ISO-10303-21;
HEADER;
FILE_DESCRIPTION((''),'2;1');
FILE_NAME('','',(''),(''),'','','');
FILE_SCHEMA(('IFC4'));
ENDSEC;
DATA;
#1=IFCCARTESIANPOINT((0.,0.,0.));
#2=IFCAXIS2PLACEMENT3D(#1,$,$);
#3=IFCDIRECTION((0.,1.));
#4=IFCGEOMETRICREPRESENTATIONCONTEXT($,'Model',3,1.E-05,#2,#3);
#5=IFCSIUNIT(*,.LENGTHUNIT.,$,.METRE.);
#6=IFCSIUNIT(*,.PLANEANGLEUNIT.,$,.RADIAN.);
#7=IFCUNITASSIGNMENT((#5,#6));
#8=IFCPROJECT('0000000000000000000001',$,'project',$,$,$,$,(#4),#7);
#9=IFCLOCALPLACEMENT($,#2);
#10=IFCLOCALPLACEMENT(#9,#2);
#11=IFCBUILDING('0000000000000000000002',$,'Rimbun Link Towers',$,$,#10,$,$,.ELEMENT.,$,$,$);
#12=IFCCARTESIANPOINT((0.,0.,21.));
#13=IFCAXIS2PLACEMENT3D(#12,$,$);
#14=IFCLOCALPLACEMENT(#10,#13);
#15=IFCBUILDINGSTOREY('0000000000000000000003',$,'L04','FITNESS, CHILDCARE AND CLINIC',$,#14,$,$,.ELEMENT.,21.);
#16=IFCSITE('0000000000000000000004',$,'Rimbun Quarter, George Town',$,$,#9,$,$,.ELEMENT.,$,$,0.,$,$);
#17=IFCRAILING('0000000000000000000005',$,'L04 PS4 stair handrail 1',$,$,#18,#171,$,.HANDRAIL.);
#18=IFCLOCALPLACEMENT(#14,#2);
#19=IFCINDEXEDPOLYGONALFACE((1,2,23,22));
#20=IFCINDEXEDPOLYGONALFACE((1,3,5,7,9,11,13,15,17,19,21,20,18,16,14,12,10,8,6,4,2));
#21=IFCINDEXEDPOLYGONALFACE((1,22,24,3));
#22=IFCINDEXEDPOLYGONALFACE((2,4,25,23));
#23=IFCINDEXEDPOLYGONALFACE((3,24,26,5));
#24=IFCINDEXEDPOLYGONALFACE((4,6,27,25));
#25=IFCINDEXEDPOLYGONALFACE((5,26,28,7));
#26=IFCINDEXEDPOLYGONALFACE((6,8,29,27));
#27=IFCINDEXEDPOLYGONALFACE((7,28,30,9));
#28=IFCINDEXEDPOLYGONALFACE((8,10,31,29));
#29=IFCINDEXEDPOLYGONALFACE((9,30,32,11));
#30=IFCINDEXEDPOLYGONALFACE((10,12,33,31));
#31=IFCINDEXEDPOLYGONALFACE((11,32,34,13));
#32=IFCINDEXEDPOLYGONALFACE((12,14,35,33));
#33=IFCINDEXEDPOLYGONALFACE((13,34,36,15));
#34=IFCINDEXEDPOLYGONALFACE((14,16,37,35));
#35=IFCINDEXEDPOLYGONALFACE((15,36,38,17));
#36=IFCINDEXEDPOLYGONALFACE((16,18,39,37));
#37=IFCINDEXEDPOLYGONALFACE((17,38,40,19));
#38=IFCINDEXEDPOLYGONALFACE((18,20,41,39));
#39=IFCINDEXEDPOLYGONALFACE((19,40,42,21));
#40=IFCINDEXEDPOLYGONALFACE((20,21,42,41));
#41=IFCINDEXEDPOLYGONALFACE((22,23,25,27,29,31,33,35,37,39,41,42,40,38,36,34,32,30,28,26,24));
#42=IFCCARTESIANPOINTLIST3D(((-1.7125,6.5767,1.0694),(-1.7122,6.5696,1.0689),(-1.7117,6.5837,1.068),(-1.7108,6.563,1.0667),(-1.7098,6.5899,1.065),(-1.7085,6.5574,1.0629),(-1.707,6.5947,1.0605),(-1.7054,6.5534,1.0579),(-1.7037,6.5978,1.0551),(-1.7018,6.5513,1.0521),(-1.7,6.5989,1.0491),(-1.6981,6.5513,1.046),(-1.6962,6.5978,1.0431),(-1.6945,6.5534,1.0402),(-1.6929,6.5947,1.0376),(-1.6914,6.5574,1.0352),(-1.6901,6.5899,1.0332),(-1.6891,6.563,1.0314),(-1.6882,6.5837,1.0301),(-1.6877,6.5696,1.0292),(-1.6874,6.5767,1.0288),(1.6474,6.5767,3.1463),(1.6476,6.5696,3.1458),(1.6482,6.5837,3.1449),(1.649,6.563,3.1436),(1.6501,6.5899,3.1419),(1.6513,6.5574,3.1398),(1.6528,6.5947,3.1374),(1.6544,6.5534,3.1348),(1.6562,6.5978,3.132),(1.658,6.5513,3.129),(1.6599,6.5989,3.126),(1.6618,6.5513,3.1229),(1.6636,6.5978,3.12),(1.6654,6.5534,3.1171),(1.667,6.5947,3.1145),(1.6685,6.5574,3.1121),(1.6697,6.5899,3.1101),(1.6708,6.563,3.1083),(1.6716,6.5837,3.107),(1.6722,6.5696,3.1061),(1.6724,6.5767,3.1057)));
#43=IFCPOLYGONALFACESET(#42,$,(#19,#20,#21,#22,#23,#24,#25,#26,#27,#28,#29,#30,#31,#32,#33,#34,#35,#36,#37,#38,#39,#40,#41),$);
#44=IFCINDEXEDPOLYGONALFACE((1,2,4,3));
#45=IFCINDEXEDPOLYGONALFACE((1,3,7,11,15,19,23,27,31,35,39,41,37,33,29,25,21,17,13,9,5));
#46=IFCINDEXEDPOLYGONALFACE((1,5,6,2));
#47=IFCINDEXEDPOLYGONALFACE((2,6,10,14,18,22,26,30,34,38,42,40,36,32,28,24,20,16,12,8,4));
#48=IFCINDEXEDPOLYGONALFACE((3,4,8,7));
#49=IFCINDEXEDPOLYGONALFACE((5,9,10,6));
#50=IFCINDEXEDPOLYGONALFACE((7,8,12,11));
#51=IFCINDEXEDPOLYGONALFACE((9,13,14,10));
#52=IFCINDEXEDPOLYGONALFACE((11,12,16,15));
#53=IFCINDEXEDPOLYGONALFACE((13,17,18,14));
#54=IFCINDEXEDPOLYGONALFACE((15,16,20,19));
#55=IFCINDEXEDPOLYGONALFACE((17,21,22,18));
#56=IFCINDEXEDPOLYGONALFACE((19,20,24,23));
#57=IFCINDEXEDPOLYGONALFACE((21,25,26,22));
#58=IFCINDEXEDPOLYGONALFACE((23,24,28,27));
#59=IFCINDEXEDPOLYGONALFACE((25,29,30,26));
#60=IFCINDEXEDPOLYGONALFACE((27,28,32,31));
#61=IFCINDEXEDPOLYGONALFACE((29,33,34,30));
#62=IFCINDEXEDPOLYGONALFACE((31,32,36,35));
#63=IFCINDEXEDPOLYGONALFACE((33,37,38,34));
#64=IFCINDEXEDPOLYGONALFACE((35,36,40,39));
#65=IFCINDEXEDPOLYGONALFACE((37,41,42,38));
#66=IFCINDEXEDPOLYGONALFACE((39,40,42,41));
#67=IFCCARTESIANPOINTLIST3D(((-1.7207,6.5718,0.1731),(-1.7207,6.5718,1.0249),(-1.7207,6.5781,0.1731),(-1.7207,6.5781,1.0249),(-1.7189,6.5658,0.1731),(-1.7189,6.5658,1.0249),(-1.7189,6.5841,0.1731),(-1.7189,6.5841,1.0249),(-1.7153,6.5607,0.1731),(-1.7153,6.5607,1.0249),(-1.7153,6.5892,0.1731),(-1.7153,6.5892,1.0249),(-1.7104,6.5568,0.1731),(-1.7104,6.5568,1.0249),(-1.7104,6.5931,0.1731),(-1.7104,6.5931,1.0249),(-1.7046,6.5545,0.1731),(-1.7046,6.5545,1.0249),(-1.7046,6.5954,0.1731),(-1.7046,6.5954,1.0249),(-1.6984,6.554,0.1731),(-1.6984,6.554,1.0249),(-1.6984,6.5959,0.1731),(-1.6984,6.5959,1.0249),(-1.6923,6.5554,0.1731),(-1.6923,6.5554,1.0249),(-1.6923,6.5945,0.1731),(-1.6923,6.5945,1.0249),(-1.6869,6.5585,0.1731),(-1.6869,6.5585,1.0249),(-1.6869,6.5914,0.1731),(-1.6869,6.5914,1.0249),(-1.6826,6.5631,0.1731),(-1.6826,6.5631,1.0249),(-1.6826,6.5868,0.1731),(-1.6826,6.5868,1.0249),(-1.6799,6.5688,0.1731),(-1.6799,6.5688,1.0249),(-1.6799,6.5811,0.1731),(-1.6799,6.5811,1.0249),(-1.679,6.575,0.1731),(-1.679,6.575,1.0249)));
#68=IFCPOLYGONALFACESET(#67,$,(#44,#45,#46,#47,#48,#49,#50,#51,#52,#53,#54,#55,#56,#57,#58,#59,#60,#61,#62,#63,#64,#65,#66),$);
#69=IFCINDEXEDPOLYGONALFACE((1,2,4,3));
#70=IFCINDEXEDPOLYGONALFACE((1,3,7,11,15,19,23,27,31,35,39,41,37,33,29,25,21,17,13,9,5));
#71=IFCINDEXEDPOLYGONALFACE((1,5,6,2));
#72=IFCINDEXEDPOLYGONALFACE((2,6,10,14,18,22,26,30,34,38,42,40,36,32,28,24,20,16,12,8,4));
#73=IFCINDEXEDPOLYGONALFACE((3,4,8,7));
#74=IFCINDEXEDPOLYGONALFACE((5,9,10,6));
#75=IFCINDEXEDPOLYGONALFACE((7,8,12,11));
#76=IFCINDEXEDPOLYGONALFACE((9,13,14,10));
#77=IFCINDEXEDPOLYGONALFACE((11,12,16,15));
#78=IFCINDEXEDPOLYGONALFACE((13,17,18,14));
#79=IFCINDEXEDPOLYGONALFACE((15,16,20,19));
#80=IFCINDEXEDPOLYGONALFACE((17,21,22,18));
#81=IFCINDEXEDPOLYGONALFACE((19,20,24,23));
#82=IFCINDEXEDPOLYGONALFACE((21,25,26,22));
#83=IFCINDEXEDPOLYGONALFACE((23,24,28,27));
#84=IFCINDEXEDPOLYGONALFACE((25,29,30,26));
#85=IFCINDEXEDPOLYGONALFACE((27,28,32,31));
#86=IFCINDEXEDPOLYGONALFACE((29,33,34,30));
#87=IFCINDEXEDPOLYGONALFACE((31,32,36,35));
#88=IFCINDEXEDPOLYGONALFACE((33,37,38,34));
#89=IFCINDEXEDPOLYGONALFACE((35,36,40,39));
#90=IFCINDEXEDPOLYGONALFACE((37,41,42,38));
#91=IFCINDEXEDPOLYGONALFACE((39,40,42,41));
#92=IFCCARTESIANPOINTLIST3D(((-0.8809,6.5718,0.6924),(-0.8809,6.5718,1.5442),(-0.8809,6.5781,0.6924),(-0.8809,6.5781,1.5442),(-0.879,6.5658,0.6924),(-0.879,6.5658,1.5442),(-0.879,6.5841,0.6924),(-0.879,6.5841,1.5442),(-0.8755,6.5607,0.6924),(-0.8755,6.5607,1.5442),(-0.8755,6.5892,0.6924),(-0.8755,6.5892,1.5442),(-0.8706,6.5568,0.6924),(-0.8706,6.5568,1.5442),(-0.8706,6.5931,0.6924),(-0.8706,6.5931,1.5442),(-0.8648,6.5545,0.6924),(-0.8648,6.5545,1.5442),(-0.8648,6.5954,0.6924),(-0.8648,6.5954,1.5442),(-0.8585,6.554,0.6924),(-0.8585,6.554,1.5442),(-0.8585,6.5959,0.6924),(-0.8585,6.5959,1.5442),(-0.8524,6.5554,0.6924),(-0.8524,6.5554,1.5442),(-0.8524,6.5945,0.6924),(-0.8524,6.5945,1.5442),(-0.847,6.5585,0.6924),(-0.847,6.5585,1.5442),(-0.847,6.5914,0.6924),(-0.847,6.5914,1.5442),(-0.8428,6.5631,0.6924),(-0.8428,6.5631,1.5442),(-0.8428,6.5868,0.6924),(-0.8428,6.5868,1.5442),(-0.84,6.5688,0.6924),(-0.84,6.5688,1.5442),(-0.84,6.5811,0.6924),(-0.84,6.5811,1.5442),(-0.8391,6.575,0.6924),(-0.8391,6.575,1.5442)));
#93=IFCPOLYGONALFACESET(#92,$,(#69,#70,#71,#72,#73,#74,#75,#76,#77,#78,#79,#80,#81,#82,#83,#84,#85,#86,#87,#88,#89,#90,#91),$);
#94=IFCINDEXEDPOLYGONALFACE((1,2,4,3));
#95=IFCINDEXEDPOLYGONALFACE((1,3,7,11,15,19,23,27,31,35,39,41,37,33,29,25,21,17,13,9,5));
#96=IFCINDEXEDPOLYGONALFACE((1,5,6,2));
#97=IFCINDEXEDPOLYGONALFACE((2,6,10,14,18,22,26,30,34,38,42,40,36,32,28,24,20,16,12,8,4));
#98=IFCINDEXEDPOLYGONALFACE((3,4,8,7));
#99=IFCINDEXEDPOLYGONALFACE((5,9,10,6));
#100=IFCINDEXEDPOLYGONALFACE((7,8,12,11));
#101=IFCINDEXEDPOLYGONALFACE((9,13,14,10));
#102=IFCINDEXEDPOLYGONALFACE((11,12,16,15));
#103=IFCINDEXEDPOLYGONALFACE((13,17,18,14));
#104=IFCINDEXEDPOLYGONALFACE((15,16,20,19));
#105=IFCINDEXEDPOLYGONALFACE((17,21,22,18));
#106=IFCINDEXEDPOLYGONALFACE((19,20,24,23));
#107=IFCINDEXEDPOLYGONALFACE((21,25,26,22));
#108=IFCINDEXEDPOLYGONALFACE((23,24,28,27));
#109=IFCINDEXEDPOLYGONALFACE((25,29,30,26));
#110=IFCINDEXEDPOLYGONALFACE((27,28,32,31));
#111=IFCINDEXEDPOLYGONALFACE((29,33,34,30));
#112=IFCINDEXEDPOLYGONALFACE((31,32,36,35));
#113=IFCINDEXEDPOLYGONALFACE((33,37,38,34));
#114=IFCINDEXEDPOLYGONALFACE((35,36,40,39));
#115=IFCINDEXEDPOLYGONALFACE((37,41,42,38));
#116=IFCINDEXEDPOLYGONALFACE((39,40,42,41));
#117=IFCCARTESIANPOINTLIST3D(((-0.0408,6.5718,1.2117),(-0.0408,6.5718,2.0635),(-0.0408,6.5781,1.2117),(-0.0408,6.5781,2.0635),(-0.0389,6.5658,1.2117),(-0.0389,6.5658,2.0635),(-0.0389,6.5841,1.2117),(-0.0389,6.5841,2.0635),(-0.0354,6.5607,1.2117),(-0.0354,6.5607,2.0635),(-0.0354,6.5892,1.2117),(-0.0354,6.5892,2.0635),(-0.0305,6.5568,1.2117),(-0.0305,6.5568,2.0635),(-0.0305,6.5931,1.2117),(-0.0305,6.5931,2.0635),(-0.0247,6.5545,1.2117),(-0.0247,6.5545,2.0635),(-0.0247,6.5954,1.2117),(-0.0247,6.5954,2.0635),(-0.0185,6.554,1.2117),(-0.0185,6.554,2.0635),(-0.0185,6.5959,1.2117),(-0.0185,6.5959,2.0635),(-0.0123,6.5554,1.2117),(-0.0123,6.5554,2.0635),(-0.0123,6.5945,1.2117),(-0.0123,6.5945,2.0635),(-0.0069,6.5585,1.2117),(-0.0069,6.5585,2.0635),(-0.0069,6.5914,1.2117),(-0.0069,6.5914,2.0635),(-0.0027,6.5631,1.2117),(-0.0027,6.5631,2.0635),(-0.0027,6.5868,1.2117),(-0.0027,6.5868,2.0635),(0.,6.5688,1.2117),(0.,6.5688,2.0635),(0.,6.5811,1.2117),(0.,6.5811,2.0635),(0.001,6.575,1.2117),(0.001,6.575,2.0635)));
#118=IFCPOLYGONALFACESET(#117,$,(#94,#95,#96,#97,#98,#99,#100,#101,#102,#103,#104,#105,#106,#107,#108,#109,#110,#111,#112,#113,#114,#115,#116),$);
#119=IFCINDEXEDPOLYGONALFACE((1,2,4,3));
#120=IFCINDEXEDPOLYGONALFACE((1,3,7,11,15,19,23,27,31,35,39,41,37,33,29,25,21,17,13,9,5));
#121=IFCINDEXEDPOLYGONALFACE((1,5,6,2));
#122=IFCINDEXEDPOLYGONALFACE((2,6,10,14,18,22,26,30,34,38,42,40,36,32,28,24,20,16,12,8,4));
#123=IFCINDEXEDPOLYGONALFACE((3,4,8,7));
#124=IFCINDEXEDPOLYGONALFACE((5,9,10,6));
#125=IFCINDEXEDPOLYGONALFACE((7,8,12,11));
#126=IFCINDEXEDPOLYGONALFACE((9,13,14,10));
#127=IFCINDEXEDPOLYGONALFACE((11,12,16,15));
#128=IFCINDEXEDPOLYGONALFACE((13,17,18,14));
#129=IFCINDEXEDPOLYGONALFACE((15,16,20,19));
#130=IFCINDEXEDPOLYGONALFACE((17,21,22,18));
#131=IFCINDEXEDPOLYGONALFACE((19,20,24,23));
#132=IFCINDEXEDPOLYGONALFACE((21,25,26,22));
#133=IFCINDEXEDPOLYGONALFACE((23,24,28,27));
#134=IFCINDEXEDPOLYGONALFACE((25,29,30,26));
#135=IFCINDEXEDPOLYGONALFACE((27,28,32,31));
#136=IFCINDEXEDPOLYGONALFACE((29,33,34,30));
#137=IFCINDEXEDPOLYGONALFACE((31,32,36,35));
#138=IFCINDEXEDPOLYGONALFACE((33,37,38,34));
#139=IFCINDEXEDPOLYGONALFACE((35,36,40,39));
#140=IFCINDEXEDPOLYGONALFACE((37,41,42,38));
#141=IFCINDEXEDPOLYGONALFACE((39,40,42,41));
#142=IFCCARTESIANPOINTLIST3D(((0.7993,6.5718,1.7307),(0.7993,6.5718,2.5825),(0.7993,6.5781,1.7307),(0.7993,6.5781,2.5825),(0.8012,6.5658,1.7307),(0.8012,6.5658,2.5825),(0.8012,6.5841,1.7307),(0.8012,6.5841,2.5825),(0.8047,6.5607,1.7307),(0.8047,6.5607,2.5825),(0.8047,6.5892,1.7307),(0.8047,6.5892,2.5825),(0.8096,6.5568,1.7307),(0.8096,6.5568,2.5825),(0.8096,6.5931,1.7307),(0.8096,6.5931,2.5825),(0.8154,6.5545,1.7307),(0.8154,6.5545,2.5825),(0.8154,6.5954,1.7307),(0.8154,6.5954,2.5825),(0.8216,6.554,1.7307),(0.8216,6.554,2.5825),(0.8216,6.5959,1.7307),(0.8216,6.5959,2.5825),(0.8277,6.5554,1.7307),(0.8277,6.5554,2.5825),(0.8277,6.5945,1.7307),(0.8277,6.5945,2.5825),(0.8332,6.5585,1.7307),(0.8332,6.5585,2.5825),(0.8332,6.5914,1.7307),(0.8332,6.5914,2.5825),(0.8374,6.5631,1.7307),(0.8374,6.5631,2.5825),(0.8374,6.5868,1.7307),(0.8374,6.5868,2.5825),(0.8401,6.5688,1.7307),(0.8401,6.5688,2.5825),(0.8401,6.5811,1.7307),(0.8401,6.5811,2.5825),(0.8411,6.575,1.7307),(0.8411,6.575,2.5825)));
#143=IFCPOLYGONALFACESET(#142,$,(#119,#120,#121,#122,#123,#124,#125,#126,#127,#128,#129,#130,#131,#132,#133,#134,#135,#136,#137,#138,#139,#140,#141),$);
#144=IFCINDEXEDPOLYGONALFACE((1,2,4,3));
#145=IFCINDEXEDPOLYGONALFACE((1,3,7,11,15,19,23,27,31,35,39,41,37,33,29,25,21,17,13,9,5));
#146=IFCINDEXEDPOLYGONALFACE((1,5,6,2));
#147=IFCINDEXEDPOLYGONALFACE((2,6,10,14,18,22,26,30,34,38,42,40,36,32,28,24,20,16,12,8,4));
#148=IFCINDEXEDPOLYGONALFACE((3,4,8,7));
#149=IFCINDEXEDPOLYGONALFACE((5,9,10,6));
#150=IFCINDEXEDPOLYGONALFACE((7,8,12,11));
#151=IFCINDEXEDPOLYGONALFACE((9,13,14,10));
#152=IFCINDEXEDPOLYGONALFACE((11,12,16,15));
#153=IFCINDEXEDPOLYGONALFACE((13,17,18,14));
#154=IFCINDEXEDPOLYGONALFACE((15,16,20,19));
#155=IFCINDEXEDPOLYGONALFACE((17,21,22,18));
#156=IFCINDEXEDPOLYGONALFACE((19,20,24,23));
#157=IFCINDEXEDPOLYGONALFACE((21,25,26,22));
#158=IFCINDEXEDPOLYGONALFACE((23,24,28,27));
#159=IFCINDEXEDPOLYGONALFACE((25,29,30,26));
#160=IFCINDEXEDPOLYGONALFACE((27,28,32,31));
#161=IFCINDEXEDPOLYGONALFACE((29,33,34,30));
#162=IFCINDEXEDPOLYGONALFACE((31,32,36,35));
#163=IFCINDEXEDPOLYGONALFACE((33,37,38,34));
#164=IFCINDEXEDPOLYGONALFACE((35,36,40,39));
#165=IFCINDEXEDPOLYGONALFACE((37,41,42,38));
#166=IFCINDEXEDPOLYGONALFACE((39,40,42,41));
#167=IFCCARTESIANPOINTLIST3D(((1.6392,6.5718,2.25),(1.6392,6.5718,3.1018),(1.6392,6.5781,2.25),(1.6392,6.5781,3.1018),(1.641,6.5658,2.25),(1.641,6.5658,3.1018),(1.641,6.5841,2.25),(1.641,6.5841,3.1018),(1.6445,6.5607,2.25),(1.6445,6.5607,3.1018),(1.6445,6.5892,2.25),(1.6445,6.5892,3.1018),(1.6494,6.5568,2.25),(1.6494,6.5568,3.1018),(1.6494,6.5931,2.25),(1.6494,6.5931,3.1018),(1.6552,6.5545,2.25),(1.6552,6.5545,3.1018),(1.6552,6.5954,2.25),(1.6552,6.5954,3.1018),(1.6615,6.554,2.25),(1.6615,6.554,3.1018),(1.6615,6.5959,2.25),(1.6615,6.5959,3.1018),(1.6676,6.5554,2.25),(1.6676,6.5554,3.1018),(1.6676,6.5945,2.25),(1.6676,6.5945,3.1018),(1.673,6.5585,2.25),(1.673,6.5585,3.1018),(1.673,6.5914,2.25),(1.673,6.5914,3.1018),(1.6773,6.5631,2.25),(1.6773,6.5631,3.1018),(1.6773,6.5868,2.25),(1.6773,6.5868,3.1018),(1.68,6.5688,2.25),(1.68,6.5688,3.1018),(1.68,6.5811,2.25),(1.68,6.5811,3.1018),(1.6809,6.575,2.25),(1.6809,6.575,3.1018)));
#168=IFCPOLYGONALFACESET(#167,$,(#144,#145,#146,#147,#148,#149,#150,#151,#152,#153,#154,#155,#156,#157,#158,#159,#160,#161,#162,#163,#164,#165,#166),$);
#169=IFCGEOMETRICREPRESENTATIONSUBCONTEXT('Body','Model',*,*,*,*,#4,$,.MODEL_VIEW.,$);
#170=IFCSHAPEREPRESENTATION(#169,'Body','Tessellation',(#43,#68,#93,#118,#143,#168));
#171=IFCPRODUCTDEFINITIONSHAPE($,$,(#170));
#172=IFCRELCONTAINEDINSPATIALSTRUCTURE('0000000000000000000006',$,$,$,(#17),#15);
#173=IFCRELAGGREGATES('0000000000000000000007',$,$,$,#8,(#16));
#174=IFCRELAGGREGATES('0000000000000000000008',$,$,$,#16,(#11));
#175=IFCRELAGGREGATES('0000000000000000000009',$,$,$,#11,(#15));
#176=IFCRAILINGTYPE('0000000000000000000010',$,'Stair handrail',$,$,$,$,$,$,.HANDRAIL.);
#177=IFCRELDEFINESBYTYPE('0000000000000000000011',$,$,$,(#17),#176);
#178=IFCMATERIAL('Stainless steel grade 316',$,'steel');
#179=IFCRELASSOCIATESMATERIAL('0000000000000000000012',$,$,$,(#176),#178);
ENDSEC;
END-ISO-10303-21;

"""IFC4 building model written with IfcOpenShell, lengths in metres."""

from ifc_helpers import new_model, si_unit, direction, frame, origin, origin_2d, place, context, subcontext, project, spatial, circle, extrude, material, type_object, element, save


model = new_model("IFC4")

# Units and contexts
model_context = context("Model", 3, precision=1e-05, world=origin(), true_north=direction((0.0, 1.0)))
body_context = subcontext(model_context, "Body", "Model", "MODEL_VIEW")
ifc_project = project(units=[si_unit("LENGTHUNIT", "METRE"), si_unit("PLANEANGLEUNIT", "RADIAN")], contexts=[model_context])

# Site, building, storey
site_placement = place(None, origin())
site = spatial("IfcSite", under=ifc_project, at=site_placement, Name="Rimbun Quarter, George Town", CompositionType="ELEMENT", RefElevation=0.0)
building_placement = place(site_placement, origin())
building = spatial("IfcBuilding", under=site, at=building_placement, Name="Rimbun Link Towers", CompositionType="ELEMENT")
storey_placement = place(building_placement, frame((0.0, 0.0, 21.0)))
storey = spatial("IfcBuildingStorey", under=building, at=storey_placement, Name="L04", Description="FITNESS, CHILDCARE AND CLINIC", CompositionType="ELEMENT", Elevation=21.0)

# Railing
ifc_material_1 = material(Name="Stainless steel grade 316", Category="steel")
railing_type_1 = type_object("IfcRailingType", Name="Stair handrail", PredefinedType="HANDRAIL", material=ifc_material_1)
railing_1_placement = place(storey_placement, frame((-1.7, 6.575, 0.1731)))
element("IfcRailing", 1, at=railing_1_placement, inside=storey, type_object=railing_type_1, Name="L04 PS4 stair handrail 1", PredefinedType="HANDRAIL", context=body_context, shape_type="SweptSolid", body=[
    extrude(circle(Radius=0.0239, at=origin_2d()), frame((0.0, 0.0, 0.876), z_axis=(0.850606, 0.0, 0.525803), x_axis=(0.0, 1.0, 0.0)), (0.0, 0.0, 1.0), 3.95),
    extrude(circle(Radius=0.021, at=origin_2d()), origin(), (0.0, 0.0, 1.0), 0.8518),
    extrude(circle(Radius=0.021, at=origin_2d()), frame((0.8398, 0.0, 0.5193)), (0.0, 0.0, 1.0), 0.8518),
    extrude(circle(Radius=0.021, at=origin_2d()), frame((1.6799, 0.0, 1.0386)), (0.0, 0.0, 1.0), 0.8518),
    extrude(circle(Radius=0.021, at=origin_2d()), frame((2.52, 0.0, 1.5576)), (0.0, 0.0, 1.0), 0.8518),
    extrude(circle(Radius=0.021, at=origin_2d()), frame((3.3599, 0.0, 2.0769)), (0.0, 0.0, 1.0), 0.8518),
])

save(model, "model.ifc")
